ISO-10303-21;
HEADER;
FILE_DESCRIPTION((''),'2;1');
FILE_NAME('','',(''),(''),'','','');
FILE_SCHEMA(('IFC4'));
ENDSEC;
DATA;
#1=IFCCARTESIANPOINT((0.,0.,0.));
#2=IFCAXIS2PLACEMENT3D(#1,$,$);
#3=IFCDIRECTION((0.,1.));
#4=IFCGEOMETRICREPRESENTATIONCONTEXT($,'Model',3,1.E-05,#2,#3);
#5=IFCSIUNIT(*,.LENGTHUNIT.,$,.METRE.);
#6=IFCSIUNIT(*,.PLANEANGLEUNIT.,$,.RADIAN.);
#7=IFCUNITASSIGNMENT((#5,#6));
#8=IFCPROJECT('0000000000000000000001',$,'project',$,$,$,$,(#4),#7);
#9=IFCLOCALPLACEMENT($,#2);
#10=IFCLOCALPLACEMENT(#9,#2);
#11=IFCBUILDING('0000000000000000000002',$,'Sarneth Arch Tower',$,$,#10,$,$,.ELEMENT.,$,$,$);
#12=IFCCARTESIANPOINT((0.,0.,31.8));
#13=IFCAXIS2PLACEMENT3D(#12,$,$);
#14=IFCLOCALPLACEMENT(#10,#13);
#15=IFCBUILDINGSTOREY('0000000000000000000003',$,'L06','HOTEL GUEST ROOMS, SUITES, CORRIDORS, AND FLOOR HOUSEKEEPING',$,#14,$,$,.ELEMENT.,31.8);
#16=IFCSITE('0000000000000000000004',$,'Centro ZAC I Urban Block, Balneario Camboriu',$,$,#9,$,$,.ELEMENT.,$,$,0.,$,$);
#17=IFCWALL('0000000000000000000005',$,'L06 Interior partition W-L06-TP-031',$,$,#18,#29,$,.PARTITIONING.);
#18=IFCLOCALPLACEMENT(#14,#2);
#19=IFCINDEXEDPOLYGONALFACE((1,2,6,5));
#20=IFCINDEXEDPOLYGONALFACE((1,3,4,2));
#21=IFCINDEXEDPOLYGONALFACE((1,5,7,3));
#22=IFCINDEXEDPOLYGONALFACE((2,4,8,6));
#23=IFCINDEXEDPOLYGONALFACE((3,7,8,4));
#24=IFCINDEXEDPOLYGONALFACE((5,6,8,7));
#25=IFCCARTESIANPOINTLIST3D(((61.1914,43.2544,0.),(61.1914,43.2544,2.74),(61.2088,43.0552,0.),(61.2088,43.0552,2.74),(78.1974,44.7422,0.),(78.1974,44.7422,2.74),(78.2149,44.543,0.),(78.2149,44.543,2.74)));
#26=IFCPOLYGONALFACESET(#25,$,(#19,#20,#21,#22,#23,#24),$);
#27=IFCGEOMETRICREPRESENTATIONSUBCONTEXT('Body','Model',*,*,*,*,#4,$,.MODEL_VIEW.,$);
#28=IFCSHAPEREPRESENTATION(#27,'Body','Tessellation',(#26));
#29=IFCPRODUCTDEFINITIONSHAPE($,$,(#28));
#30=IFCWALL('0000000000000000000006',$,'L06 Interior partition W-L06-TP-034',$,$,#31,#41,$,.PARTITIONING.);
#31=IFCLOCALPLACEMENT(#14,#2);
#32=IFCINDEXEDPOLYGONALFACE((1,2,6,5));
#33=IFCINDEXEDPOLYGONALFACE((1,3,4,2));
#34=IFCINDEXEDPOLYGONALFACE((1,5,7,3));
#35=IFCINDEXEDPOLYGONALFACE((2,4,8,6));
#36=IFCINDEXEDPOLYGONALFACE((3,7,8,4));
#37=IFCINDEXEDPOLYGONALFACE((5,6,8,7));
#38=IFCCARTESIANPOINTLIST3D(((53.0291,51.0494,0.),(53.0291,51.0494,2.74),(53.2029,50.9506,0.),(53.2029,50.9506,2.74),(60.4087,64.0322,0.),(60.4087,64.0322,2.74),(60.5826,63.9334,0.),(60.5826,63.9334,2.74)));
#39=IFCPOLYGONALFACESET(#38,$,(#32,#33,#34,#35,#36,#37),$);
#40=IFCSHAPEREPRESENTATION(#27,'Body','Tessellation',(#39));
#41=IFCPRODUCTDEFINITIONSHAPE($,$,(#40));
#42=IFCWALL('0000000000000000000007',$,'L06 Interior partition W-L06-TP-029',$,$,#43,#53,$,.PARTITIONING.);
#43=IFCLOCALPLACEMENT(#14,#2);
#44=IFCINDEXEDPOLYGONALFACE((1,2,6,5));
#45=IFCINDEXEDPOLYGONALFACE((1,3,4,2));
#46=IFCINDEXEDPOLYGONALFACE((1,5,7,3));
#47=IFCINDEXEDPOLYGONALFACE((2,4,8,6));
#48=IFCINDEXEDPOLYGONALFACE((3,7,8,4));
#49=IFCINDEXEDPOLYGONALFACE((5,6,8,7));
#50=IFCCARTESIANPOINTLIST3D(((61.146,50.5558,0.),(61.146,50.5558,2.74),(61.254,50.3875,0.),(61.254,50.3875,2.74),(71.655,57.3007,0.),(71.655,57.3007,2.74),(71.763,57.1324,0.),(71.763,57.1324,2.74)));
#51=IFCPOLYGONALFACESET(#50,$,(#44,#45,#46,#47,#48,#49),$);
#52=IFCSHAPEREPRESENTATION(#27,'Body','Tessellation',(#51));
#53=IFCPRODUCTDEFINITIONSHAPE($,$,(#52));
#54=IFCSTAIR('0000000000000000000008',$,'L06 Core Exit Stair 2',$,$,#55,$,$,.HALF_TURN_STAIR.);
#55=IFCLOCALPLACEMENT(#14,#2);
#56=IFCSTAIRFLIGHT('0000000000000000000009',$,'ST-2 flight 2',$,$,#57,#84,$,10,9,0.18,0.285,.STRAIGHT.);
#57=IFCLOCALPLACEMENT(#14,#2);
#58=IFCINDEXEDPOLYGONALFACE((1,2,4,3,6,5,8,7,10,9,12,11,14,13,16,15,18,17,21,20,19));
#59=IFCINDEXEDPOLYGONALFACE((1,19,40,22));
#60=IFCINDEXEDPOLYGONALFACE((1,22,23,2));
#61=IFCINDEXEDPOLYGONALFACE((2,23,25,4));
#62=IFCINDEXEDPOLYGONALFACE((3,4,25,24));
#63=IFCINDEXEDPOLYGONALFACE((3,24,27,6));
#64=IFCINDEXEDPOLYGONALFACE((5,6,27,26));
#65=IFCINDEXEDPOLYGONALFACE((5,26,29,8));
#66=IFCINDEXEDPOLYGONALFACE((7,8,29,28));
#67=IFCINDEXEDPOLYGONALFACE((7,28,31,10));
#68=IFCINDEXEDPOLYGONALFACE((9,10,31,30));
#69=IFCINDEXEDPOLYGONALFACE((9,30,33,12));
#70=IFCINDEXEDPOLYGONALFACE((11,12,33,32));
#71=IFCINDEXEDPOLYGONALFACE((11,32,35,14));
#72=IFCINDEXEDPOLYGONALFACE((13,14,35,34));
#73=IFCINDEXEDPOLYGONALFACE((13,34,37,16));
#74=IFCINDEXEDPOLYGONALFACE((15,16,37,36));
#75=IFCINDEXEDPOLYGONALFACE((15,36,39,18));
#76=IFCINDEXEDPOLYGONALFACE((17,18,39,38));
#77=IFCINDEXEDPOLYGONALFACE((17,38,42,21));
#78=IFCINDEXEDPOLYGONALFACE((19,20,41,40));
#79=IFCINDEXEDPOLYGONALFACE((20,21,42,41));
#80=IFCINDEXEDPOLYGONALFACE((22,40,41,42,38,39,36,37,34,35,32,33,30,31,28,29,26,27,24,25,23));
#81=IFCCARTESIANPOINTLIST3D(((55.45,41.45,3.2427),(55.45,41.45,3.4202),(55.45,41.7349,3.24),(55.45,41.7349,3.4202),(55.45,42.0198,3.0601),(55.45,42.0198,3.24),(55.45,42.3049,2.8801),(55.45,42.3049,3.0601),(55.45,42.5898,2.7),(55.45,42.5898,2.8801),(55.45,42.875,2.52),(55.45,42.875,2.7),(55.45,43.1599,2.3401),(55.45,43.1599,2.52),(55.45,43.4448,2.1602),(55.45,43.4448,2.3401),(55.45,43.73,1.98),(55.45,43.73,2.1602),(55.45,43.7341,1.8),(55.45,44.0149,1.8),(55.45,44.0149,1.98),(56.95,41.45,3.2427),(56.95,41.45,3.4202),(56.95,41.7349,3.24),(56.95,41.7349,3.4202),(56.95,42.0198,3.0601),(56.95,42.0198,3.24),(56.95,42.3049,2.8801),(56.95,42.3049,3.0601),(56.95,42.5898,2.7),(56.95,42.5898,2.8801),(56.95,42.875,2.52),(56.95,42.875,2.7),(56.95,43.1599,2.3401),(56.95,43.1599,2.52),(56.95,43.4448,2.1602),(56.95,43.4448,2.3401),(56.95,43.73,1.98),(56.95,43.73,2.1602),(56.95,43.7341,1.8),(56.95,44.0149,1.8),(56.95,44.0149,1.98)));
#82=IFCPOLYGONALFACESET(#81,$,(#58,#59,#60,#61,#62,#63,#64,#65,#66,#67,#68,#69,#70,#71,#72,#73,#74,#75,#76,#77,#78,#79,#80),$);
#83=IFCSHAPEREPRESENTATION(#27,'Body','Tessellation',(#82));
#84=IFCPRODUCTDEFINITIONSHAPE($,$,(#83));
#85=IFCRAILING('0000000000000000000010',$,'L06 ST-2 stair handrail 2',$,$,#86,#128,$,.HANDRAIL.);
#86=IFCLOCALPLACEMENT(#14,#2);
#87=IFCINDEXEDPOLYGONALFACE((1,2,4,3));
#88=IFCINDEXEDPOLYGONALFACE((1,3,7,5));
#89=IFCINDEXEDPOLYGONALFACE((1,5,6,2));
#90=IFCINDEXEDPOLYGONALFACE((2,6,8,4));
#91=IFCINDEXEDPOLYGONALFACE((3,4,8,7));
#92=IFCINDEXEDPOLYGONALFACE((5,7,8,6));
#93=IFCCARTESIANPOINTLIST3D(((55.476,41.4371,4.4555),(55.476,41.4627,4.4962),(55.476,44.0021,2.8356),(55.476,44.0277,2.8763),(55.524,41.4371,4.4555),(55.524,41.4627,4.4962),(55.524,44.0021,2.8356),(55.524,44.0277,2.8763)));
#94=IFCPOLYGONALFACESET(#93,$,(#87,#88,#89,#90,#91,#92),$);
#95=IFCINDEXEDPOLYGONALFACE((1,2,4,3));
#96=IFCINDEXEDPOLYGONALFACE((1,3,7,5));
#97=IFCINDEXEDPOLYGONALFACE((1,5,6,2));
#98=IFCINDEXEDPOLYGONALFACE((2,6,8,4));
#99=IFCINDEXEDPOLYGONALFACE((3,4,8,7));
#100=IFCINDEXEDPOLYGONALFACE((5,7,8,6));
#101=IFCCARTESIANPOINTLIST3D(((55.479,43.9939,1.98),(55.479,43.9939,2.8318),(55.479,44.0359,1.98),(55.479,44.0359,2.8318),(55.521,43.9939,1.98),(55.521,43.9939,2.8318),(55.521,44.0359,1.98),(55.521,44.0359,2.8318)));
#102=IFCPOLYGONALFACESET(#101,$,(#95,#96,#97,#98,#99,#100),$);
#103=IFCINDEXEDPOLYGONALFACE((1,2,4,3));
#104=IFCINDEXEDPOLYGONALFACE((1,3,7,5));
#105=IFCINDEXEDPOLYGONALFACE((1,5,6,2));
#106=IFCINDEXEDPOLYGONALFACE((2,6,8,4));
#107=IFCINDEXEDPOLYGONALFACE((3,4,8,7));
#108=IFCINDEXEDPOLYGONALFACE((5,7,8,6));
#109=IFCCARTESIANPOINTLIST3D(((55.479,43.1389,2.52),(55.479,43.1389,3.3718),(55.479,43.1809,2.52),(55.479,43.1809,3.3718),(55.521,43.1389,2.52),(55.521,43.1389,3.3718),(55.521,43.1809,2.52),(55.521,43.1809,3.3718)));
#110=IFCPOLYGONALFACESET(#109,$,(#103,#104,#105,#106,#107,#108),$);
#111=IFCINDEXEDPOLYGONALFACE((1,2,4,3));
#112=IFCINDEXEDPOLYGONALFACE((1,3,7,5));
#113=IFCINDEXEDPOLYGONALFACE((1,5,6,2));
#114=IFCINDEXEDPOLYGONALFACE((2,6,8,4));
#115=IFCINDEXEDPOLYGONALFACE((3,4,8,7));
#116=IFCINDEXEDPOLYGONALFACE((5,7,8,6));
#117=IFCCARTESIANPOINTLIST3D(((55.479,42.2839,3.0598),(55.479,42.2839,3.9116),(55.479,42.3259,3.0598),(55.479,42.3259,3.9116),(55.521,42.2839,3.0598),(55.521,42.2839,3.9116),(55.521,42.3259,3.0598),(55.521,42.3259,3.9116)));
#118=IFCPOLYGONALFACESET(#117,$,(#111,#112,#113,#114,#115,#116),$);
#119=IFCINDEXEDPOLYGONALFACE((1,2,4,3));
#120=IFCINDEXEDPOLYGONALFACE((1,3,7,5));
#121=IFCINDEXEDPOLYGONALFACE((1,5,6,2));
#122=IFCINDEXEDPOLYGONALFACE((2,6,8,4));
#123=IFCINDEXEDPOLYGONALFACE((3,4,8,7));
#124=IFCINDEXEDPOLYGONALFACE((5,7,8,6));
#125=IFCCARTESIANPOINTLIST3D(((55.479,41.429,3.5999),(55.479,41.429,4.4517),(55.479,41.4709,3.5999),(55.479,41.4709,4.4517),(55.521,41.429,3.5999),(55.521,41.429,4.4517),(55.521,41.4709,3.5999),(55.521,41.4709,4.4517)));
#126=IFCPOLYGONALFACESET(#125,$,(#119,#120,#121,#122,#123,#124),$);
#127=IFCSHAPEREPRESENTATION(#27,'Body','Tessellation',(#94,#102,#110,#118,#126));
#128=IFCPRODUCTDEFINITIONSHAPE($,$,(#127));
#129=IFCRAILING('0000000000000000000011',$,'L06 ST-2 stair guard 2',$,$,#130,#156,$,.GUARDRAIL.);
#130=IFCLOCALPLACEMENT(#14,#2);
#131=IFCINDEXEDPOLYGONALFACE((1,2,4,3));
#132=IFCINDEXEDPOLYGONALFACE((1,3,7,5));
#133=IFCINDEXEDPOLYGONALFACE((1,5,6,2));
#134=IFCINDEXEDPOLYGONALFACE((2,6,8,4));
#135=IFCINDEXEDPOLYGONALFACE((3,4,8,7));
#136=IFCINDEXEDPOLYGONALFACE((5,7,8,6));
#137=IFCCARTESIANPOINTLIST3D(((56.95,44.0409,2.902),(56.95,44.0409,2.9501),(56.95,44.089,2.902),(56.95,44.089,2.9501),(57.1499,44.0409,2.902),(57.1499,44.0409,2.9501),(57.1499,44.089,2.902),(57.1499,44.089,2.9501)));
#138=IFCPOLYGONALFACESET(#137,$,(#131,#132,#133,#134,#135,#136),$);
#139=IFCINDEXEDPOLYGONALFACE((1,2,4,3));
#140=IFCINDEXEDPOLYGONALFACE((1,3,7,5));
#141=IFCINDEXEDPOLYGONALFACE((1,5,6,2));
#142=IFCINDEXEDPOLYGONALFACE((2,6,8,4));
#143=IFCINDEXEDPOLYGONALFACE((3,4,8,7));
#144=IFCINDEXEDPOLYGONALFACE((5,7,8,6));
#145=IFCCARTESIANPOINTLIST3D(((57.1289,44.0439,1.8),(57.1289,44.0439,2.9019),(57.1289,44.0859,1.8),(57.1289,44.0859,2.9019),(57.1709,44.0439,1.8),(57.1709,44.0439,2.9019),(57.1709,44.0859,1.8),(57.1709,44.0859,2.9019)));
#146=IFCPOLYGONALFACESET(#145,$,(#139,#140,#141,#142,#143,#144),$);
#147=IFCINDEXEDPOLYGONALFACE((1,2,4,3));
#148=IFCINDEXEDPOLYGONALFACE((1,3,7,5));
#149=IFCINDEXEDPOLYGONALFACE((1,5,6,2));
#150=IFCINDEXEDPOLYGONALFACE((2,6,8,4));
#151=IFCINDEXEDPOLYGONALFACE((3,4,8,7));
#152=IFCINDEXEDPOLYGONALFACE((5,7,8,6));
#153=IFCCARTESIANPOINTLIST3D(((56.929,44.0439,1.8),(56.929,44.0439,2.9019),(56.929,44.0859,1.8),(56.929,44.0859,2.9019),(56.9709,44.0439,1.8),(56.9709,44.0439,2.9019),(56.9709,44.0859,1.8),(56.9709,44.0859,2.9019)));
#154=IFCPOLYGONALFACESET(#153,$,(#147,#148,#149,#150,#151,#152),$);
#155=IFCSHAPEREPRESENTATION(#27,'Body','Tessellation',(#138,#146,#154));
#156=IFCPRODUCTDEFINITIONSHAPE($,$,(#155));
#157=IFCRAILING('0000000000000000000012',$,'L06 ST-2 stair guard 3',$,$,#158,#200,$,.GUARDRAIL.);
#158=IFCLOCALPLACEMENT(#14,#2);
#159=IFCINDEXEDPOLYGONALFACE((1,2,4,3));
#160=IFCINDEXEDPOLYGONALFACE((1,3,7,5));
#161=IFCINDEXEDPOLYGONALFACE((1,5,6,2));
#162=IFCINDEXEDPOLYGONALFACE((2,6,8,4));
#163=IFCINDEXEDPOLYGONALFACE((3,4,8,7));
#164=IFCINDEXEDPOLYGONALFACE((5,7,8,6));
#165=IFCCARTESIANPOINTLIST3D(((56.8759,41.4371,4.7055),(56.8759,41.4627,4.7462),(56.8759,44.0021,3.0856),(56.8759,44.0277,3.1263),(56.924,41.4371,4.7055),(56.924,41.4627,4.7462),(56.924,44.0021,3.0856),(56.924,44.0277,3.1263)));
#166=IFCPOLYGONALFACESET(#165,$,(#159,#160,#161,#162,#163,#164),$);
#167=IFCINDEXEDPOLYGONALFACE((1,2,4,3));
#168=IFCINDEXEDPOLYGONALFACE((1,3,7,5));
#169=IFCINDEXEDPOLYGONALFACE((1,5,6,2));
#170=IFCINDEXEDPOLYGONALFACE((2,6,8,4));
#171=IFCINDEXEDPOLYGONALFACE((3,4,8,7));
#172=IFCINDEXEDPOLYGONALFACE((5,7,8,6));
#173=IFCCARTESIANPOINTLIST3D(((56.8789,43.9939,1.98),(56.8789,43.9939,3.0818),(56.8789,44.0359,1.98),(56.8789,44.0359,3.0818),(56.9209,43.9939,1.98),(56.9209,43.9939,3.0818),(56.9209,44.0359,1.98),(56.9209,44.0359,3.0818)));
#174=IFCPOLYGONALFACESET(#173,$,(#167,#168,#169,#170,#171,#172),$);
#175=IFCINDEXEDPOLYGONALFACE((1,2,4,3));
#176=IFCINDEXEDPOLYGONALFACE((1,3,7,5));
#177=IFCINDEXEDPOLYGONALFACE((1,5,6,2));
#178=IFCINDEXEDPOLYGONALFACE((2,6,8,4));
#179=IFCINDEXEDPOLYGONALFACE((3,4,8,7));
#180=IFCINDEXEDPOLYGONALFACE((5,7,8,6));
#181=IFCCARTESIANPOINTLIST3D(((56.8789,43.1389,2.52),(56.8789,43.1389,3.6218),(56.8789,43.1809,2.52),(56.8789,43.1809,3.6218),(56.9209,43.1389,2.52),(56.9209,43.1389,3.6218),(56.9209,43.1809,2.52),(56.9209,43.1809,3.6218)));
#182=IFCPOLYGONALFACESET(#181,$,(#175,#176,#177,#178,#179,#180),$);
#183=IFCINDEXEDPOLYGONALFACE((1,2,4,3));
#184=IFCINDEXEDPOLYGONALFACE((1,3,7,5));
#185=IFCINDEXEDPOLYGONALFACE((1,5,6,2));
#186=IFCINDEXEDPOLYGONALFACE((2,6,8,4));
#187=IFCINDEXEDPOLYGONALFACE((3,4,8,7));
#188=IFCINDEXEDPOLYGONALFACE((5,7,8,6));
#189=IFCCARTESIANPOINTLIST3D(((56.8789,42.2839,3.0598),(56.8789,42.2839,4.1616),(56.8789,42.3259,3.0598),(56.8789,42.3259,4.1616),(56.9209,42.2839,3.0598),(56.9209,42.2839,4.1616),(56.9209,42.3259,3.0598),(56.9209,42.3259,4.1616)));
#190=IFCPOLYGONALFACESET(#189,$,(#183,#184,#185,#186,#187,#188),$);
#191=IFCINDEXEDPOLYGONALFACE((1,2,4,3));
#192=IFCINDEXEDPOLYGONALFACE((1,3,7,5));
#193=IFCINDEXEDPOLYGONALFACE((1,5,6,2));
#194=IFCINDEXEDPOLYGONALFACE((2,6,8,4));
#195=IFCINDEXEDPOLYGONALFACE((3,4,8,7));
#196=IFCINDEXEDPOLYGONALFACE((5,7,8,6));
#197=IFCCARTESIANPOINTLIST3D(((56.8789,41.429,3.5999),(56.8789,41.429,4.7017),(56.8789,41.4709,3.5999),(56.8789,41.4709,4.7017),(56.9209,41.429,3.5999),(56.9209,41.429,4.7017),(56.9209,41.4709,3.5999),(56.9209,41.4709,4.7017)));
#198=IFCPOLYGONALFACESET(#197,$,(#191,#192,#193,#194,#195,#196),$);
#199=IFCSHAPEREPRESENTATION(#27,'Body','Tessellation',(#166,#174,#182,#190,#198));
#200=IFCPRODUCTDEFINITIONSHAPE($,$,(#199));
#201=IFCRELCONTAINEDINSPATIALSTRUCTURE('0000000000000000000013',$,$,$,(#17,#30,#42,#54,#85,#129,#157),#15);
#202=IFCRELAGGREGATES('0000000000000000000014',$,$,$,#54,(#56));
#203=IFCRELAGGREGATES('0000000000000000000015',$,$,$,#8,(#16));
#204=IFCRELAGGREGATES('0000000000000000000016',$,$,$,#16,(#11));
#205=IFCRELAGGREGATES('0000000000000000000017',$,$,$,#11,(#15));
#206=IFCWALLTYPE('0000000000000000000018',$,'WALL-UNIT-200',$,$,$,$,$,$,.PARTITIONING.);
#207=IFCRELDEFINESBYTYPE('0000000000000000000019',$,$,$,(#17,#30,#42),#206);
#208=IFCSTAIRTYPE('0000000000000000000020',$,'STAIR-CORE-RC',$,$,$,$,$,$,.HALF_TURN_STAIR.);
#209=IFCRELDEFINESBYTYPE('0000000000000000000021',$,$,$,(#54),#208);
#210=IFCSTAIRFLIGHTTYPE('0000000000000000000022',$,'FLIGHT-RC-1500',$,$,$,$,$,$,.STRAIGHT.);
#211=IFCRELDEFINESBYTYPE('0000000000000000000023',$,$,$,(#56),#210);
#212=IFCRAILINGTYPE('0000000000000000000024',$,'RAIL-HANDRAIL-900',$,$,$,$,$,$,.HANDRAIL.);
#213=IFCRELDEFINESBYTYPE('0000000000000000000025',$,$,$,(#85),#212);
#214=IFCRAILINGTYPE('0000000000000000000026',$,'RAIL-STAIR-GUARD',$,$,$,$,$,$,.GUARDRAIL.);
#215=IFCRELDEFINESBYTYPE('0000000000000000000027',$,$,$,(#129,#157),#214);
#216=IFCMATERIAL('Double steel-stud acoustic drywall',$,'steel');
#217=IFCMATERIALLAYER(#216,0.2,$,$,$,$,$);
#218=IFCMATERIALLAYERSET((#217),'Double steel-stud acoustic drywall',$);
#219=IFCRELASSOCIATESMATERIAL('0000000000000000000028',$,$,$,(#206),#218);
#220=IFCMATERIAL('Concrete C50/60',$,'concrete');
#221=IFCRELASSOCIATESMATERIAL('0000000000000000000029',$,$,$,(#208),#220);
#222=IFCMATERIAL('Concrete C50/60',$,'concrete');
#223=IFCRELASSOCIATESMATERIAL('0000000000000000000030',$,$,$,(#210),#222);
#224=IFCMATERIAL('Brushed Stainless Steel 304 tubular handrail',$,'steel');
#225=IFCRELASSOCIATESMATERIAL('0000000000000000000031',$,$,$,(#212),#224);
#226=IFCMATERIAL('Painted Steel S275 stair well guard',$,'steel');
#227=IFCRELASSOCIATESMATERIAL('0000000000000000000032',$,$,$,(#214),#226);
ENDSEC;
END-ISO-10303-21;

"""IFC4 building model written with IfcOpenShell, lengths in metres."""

from ifc_helpers import new_model, si_unit, direction, frame, frame_2d, origin, origin_2d, place, context, subcontext, project, spatial, polyline, rectangle, outline, extrude, material, layer, layer_set, type_object, element, aggregate, save


model = new_model("IFC4")

# Units and contexts
model_context = context("Model", 3, precision=1e-05, world=origin(), true_north=direction((0.0, 1.0)))
body_context = subcontext(model_context, "Body", "Model", "MODEL_VIEW")
ifc_project = project(units=[si_unit("LENGTHUNIT", "METRE"), si_unit("PLANEANGLEUNIT", "RADIAN")], contexts=[model_context])

# Site, building, storey
site_placement = place(None, origin())
site = spatial("IfcSite", under=ifc_project, at=site_placement, Name="Centro ZAC I Urban Block, Balneario Camboriu", CompositionType="ELEMENT", RefElevation=0.0)
building_placement = place(site_placement, origin())
building = spatial("IfcBuilding", under=site, at=building_placement, Name="Sarneth Arch Tower", CompositionType="ELEMENT")
storey_placement = place(building_placement, frame((0.0, 0.0, 31.8)))
storey = spatial("IfcBuildingStorey", under=building, at=storey_placement, Name="L06", Description="HOTEL GUEST ROOMS, SUITES, CORRIDORS, AND FLOOR HOUSEKEEPING", CompositionType="ELEMENT", Elevation=31.8)

# Walls
ifc_material_1 = material(Name="Double steel-stud acoustic drywall", Category="steel")
ifc_layer_1 = layer(ifc_material_1, 0.2)
ifc_layer_set_1 = layer_set([ifc_layer_1], Name="Double steel-stud acoustic drywall")
wall_type_1 = type_object("IfcWallType", Name="WALL-UNIT-200", PredefinedType="PARTITIONING", material=ifc_layer_set_1)
wall_1_placement = place(storey_placement, frame((61.2, 43.1548, 0.0), z_axis=(0.0, 0.0, 1.0), x_axis=(0.996195, 0.087153, 0.0)))
element("IfcWall", 1, at=wall_1_placement, inside=storey, type_object=wall_type_1, Name="L06 Interior partition W-L06-TP-031", PredefinedType="PARTITIONING", context=body_context, shape_type="SweptSolid", body=[
    extrude(rectangle(XDim=17.071, YDim=0.2, at=frame_2d((8.5356, 0.0))), origin(), (0.0, 0.0, 1.0), 2.74),
])
wall_2_placement = place(storey_placement, frame((53.116, 51.0, 0.0), z_axis=(0.0, 0.0, 1.0), x_axis=(0.494168, 0.869367, 0.0)))
element("IfcWall", 2, at=wall_2_placement, inside=storey, type_object=wall_type_1, Name="L06 Interior partition W-L06-TP-034", PredefinedType="PARTITIONING", context=body_context, shape_type="SweptSolid", body=[
    extrude(rectangle(XDim=14.9336, YDim=0.2, at=frame_2d((7.4668, 0.0))), origin(), (0.0, 0.0, 1.0), 2.74),
])
wall_3_placement = place(storey_placement, frame((61.2, 50.4717, 0.0), z_axis=(0.0, 0.0, 1.0), x_axis=(0.841577, 0.540138, 0.0)))
element("IfcWall", 3, at=wall_3_placement, inside=storey, type_object=wall_type_1, Name="L06 Interior partition W-L06-TP-029", PredefinedType="PARTITIONING", context=body_context, shape_type="SweptSolid", body=[
    extrude(rectangle(XDim=12.4873, YDim=0.2, at=frame_2d((6.2437, 0.0))), origin(), (0.0, 0.0, 1.0), 2.74),
])

# Stair, stair flight
ifc_material_2 = material(Name="Concrete C50/60", Category="concrete")
stair_type = type_object("IfcStairType", Name="STAIR-CORE-RC", PredefinedType="HALF_TURN_STAIR", material=ifc_material_2)
stair_placement = place(storey_placement, origin())
stair = element("IfcStair", 4, at=stair_placement, inside=storey, type_object=stair_type, Name="L06 Core Exit Stair 2", PredefinedType="HALF_TURN_STAIR")
ifc_material_3 = material(Name="Concrete C50/60", Category="concrete")
stair_flight_type = type_object("IfcStairFlightType", Name="FLIGHT-RC-1500", PredefinedType="STRAIGHT", material=ifc_material_3)
stair_flight_placement = place(storey_placement, frame((56.2, 44.0149, 1.8), z_axis=(0.0, 0.0, 1.0), x_axis=(0.0, -1.0, 0.0)))
stair_flight = element("IfcStairFlight", 5, at=stair_flight_placement, type_object=stair_flight_type, Name="ST-2 flight 2", NumberOfRisers=10, NumberOfTreads=9, PredefinedType="STRAIGHT", RiserHeight=0.18, TreadLength=0.285, context=body_context, shape_type="SweptSolid", body=[
    extrude(outline(polyline([(0.0, 0.0), (0.0, 0.1799), (0.2849, 0.1799), (0.2849, 0.3601), (0.5701, 0.3601), (0.5701, 0.54), (0.855, 0.54), (0.855, 0.72), (1.1399, 0.72), (1.1399, 0.8999), (1.425, 0.8999), (1.425, 1.0801), (1.71, 1.0801), (1.71, 1.26), (1.9951, 1.26), (1.9951, 1.4399), (2.28, 1.4399), (2.28, 1.6201), (2.5649, 1.6201), (2.5649, 1.8), (2.5649, 1.4426), (0.2808, 0.0), (0.0, 0.0)])), frame((0.0, 0.75, 0.0), z_axis=(0.0, -1.0, 0.0), x_axis=(1.0, 0.0, 0.0)), (0.0, 0.0, 1.0), 1.5),
])
aggregate(stair, [stair_flight])

# Railings
ifc_material_4 = material(Name="Brushed Stainless Steel 304 tubular handrail", Category="steel")
railing_type_1 = type_object("IfcRailingType", Name="RAIL-HANDRAIL-900", PredefinedType="HANDRAIL", material=ifc_material_4)
railing_1_placement = place(storey_placement, frame((55.5, 44.0149, 1.98)))
element("IfcRailing", 6, at=railing_1_placement, inside=storey, type_object=railing_type_1, Name="L06 ST-2 stair handrail 2", PredefinedType="HANDRAIL", context=body_context, shape_type="SweptSolid", body=[
    extrude(rectangle(XDim=0.0481, YDim=0.0481, at=origin_2d()), frame((0.0, 0.0, 0.876), z_axis=(0.0, -0.845502, 0.533972), x_axis=(1.0, 0.0, 0.0)), (0.0, 0.0, 1.0), 3.0337),
    extrude(rectangle(XDim=0.042, YDim=0.042, at=origin_2d()), origin(), (0.0, 0.0, 1.0), 0.8518),
    extrude(rectangle(XDim=0.042, YDim=0.042, at=origin_2d()), frame((0.0, -0.855, 0.54)), (0.0, 0.0, 1.0), 0.8518),
    extrude(rectangle(XDim=0.042, YDim=0.042, at=origin_2d()), frame((0.0, -1.71, 1.0798)), (0.0, 0.0, 1.0), 0.8518),
    extrude(rectangle(XDim=0.042, YDim=0.042, at=origin_2d()), frame((0.0, -2.5649, 1.6199)), (0.0, 0.0, 1.0), 0.8518),
])
ifc_material_5 = material(Name="Painted Steel S275 stair well guard", Category="steel")
railing_type_2 = type_object("IfcRailingType", Name="RAIL-STAIR-GUARD", PredefinedType="GUARDRAIL", material=ifc_material_5)
railing_2_placement = place(storey_placement, frame((57.1499, 44.0649, 1.8)))
element("IfcRailing", 7, at=railing_2_placement, inside=storey, type_object=railing_type_2, Name="L06 ST-2 stair guard 2", PredefinedType="GUARDRAIL", context=body_context, shape_type="SweptSolid", body=[
    extrude(rectangle(XDim=0.0481, YDim=0.0481, at=origin_2d()), frame((0.0, 0.0, 1.126), z_axis=(-1.0, 0.0, 0.0), x_axis=(0.0, -1.0, 0.0)), (0.0, 0.0, 1.0), 0.2),
    extrude(rectangle(XDim=0.042, YDim=0.042, at=origin_2d()), origin(), (0.0, 0.0, 1.0), 1.1018),
    extrude(rectangle(XDim=0.042, YDim=0.042, at=origin_2d()), frame((-0.2, 0.0, 0.0)), (0.0, 0.0, 1.0), 1.1018),
])
railing_3_placement = place(storey_placement, frame((56.8999, 44.0149, 1.98)))
element("IfcRailing", 8, at=railing_3_placement, inside=storey, type_object=railing_type_2, Name="L06 ST-2 stair guard 3", PredefinedType="GUARDRAIL", context=body_context, shape_type="SweptSolid", body=[
    extrude(rectangle(XDim=0.0481, YDim=0.0481, at=origin_2d()), frame((0.0, 0.0, 1.126), z_axis=(0.0, -0.845502, 0.533972), x_axis=(1.0, 0.0, 0.0)), (0.0, 0.0, 1.0), 3.0337),
    extrude(rectangle(XDim=0.042, YDim=0.042, at=origin_2d()), origin(), (0.0, 0.0, 1.0), 1.1018),
    extrude(rectangle(XDim=0.042, YDim=0.042, at=origin_2d()), frame((0.0, -0.855, 0.54)), (0.0, 0.0, 1.0), 1.1018),
    extrude(rectangle(XDim=0.042, YDim=0.042, at=origin_2d()), frame((0.0, -1.71, 1.0798)), (0.0, 0.0, 1.0), 1.1018),
    extrude(rectangle(XDim=0.042, YDim=0.042, at=origin_2d()), frame((0.0, -2.5649, 1.6199)), (0.0, 0.0, 1.0), 1.1018),
])

save(model, "model.ifc")
